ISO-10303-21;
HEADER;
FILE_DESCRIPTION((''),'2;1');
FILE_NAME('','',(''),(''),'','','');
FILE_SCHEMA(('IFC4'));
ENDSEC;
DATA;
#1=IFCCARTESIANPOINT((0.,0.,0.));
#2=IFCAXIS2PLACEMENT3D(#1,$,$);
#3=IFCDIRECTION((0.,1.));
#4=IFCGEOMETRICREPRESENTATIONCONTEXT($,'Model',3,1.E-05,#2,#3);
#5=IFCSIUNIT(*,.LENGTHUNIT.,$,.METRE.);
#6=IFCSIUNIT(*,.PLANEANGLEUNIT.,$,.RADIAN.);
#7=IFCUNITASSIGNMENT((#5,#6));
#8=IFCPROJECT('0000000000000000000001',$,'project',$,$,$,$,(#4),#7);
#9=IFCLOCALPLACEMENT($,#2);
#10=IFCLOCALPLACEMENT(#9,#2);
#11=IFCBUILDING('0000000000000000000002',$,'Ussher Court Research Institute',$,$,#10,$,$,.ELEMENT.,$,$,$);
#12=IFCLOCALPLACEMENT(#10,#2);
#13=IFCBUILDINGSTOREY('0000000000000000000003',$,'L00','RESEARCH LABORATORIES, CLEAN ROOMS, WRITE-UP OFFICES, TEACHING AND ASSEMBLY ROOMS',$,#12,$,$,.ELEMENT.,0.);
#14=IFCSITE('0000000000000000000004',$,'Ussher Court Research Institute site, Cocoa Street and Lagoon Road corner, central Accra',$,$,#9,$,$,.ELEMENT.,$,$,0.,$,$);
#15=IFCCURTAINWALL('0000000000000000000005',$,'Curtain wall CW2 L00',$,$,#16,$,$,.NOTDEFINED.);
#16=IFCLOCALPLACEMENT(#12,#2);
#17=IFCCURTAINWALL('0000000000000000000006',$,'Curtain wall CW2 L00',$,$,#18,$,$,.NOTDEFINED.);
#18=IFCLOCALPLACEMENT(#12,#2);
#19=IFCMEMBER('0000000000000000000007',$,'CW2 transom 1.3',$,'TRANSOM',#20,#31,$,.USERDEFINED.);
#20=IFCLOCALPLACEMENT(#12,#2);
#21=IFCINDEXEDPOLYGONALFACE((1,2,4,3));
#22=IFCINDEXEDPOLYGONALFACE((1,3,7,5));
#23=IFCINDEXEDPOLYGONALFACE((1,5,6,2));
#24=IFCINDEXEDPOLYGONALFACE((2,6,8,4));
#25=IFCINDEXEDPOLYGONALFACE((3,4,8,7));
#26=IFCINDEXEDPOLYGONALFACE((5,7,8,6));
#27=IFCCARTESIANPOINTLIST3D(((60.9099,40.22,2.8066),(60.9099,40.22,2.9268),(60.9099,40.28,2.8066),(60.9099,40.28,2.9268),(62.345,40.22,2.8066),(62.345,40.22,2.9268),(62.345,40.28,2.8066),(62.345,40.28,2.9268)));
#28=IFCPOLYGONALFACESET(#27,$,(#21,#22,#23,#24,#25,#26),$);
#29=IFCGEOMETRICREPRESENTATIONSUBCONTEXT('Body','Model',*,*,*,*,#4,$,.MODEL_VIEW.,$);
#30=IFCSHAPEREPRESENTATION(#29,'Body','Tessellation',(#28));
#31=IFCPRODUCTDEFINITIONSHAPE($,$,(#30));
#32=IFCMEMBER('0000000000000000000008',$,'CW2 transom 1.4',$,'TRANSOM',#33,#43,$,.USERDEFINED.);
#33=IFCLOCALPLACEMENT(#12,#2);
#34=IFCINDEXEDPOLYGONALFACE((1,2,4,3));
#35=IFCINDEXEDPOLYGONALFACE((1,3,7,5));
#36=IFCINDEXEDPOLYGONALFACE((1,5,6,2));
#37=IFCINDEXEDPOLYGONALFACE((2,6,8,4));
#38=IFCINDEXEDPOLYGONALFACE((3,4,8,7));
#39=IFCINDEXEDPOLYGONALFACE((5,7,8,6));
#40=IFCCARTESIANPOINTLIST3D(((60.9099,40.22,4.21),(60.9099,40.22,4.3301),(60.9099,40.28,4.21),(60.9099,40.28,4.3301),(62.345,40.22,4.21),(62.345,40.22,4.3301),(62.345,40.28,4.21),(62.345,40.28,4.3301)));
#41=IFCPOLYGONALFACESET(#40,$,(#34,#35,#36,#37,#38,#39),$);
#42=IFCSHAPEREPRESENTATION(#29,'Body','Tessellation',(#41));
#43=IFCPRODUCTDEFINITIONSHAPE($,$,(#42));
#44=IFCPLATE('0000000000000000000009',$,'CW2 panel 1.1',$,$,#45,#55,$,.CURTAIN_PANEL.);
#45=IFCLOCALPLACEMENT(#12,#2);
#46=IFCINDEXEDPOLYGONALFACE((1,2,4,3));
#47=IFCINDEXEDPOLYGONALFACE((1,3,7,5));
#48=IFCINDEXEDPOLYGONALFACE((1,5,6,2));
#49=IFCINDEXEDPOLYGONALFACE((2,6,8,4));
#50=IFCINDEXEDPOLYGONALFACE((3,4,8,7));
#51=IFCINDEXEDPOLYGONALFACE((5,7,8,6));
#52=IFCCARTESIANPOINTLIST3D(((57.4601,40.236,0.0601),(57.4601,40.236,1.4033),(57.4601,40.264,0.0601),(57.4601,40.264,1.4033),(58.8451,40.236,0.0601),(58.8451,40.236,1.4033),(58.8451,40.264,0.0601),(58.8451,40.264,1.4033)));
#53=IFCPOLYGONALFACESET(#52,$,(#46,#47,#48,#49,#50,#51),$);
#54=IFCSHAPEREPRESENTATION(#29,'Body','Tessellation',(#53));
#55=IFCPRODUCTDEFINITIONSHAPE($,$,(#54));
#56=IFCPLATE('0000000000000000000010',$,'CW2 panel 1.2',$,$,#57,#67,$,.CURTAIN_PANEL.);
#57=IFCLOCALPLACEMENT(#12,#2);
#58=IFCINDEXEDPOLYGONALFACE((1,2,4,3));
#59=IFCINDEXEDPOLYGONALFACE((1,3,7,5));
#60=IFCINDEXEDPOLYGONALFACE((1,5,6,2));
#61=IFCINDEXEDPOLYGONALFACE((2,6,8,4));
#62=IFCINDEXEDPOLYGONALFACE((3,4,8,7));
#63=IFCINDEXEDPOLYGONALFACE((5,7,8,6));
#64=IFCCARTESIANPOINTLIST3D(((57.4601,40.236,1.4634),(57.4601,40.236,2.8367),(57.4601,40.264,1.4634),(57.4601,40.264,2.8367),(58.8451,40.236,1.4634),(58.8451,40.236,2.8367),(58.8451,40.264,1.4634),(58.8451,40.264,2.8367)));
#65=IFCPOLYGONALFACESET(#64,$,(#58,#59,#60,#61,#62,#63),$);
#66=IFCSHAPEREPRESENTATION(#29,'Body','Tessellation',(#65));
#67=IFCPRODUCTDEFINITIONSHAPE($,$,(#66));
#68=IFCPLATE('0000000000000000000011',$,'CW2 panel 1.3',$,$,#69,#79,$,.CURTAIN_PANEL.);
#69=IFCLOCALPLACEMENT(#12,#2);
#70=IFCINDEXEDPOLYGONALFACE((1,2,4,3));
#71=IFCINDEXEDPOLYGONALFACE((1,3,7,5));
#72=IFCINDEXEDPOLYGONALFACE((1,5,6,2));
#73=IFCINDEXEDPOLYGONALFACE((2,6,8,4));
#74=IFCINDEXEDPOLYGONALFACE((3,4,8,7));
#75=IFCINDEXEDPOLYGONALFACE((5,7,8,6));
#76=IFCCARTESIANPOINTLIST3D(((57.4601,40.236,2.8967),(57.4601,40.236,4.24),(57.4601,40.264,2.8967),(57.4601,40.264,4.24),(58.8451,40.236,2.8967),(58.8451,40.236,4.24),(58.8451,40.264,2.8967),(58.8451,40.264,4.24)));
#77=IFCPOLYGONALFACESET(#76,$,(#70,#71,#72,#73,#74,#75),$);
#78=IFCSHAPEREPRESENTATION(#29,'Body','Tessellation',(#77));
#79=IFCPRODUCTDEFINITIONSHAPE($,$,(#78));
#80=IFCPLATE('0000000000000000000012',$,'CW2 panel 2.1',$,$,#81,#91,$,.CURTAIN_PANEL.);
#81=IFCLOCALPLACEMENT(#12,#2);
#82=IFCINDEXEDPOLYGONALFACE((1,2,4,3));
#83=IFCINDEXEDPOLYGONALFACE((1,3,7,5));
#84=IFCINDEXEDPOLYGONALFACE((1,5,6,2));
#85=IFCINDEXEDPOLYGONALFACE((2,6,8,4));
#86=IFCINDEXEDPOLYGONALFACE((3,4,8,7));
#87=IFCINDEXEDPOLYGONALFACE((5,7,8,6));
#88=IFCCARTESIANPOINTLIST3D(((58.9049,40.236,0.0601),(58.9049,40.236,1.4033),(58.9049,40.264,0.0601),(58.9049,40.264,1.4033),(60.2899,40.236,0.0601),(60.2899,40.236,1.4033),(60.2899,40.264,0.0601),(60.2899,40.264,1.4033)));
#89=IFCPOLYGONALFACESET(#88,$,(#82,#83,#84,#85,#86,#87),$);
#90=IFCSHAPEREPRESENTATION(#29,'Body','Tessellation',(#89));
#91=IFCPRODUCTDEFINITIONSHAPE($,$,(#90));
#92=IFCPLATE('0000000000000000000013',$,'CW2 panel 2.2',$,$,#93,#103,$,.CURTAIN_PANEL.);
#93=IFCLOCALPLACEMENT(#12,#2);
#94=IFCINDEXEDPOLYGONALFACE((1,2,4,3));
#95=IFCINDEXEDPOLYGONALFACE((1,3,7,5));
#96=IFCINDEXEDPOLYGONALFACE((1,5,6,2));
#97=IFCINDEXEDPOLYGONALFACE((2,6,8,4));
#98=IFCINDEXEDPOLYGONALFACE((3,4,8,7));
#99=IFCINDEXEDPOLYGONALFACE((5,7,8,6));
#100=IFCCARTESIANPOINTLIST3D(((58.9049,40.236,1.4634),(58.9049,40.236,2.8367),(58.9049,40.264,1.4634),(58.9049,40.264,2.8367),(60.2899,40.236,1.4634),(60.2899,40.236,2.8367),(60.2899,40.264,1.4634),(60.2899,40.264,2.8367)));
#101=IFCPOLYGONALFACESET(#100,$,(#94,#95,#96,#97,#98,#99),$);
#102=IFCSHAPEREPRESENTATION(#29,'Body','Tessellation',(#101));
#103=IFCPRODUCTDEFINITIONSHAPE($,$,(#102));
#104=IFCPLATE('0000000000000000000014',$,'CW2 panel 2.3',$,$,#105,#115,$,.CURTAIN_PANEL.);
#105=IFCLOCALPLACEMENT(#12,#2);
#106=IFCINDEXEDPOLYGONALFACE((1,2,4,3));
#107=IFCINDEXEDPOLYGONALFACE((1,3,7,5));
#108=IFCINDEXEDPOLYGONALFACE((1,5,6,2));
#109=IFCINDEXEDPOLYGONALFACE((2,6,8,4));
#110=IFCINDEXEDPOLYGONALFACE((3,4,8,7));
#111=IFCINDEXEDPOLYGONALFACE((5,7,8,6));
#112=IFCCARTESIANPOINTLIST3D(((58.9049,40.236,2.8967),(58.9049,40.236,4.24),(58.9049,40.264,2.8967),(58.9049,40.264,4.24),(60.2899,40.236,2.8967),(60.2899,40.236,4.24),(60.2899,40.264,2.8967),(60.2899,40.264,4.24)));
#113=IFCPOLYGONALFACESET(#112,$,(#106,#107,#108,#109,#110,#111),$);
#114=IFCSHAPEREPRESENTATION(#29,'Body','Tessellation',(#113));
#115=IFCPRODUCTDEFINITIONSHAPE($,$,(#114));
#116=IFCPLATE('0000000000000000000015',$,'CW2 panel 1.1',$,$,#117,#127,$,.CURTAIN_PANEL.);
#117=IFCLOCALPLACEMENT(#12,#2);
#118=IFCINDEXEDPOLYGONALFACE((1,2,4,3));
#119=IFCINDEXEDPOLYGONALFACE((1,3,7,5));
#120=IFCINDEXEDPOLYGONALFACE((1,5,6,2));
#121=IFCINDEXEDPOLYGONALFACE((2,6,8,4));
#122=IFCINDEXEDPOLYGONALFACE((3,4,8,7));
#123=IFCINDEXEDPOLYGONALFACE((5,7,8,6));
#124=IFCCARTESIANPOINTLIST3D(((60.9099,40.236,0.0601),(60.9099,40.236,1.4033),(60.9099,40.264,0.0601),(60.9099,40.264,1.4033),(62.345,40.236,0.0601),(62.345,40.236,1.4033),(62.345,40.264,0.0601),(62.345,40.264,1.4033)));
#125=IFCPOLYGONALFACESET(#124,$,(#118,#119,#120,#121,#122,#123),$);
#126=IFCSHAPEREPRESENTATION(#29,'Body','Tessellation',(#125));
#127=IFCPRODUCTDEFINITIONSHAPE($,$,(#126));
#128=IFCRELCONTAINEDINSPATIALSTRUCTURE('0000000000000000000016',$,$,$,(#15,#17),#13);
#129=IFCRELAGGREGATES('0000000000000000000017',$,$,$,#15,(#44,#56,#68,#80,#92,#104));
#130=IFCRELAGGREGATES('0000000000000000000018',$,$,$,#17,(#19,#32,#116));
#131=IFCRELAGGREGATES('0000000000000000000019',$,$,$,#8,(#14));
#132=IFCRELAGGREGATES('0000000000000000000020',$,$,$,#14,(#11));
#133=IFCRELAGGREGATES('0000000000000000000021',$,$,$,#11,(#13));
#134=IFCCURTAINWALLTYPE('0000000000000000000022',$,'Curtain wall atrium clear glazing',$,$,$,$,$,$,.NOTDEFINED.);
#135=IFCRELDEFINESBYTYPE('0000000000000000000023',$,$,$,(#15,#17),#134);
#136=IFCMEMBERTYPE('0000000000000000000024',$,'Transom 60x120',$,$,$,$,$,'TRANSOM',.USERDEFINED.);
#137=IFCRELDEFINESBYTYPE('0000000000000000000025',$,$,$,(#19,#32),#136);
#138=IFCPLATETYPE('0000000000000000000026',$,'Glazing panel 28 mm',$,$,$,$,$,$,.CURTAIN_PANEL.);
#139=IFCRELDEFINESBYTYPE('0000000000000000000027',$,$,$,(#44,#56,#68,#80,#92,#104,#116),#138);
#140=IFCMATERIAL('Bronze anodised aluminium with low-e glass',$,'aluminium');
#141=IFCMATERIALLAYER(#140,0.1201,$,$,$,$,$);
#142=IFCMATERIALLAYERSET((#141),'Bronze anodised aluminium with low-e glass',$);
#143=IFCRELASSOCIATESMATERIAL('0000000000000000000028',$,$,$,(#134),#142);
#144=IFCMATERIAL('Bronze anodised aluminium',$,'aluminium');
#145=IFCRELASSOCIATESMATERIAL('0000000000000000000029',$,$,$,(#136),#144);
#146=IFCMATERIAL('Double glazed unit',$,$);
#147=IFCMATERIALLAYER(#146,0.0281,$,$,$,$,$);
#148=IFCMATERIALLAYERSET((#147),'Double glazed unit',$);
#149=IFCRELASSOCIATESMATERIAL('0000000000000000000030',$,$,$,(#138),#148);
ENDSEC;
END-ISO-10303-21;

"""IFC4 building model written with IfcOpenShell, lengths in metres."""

from ifc_helpers import new_model, si_unit, direction, frame, origin, origin_2d, place, context, subcontext, project, spatial, rectangle, extrude, material, layer, layer_set, material_profile, profile_set, type_object, element, aggregate, save


model = new_model("IFC4")

# Units and contexts
model_context = context("Model", 3, precision=1e-05, world=origin(), true_north=direction((0.0, 1.0)))
body_context = subcontext(model_context, "Body", "Model", "MODEL_VIEW")
ifc_project = project(units=[si_unit("LENGTHUNIT", "METRE"), si_unit("PLANEANGLEUNIT", "RADIAN")], contexts=[model_context])

# Site, building, storey
site_placement = place(None, origin())
site = spatial("IfcSite", under=ifc_project, at=site_placement, Name="Ussher Court Research Institute site, Cocoa Street and Lagoon Road corner, central Accra", CompositionType="ELEMENT", RefElevation=0.0)
building_placement = place(site_placement, origin())
building = spatial("IfcBuilding", under=site, at=building_placement, Name="Ussher Court Research Institute", CompositionType="ELEMENT")
storey_placement = place(building_placement, origin())
storey = spatial("IfcBuildingStorey", under=building, at=storey_placement, Name="L00", Description="RESEARCH LABORATORIES, CLEAN ROOMS, WRITE-UP OFFICES, TEACHING AND ASSEMBLY ROOMS", CompositionType="ELEMENT", Elevation=0.0)

# Curtain wall
ifc_material_1 = material(Name="Bronze anodised aluminium with low-e glass", Category="aluminium")
ifc_layer_1 = layer(ifc_material_1, 0.1201)
ifc_layer_set_1 = layer_set([ifc_layer_1], Name="Bronze anodised aluminium with low-e glass")
curtain_wall_type_1 = type_object("IfcCurtainWallType", Name="Curtain wall atrium clear glazing", PredefinedType="NOTDEFINED", material=ifc_layer_set_1)
curtain_wall_1_placement = place(storey_placement, origin())
curtain_wall_1 = element("IfcCurtainWall", 1, at=curtain_wall_1_placement, inside=storey, type_object=curtain_wall_type_1, Name="Curtain wall CW2 L00", PredefinedType="NOTDEFINED")

# Curtain wall
curtain_wall_2_placement = place(storey_placement, origin())
curtain_wall_2 = element("IfcCurtainWall", 2, at=curtain_wall_2_placement, inside=storey, type_object=curtain_wall_type_1, Name="Curtain wall CW2 L00", PredefinedType="NOTDEFINED")

# Members
ifc_material_2 = material(Name="Bronze anodised aluminium", Category="aluminium")
ifc_material_profile_1 = material_profile(ifc_material_2, rectangle(XDim=0.0601, YDim=0.1201, at=origin_2d()), Name="Transom 60x120")
ifc_profile_set_1 = profile_set([ifc_material_profile_1], Name="Bronze anodised aluminium")
member_type_1 = type_object("IfcMemberType", Name="Transom 60x120", ElementType="TRANSOM", PredefinedType="USERDEFINED", material=ifc_profile_set_1)
member_1_placement = place(storey_placement, frame((60.9099, 40.25, 2.8667), z_axis=(1.0, 0.0, 0.0), x_axis=(0.0, 1.0, 0.0)))
member_1 = element("IfcMember", 3, at=member_1_placement, type_object=member_type_1, Name="CW2 transom 1.3", ObjectType="TRANSOM", PredefinedType="USERDEFINED", context=body_context, shape_type="SweptSolid", body=[
    extrude(rectangle(XDim=0.0601, YDim=0.1201, at=origin_2d()), origin(), (0.0, 0.0, 1.0), 1.4351),
])
member_2_placement = place(storey_placement, frame((60.9099, 40.25, 4.27), z_axis=(1.0, 0.0, 0.0), x_axis=(0.0, 1.0, 0.0)))
member_2 = element("IfcMember", 4, at=member_2_placement, type_object=member_type_1, Name="CW2 transom 1.4", ObjectType="TRANSOM", PredefinedType="USERDEFINED", context=body_context, shape_type="SweptSolid", body=[
    extrude(rectangle(XDim=0.0601, YDim=0.1201, at=origin_2d()), origin(), (0.0, 0.0, 1.0), 1.4351),
])

# Plates
ifc_material_3 = material(Name="Double glazed unit")
ifc_layer_2 = layer(ifc_material_3, 0.0281)
ifc_layer_set_2 = layer_set([ifc_layer_2], Name="Double glazed unit")
plate_type = type_object("IfcPlateType", Name="Glazing panel 28 mm", PredefinedType="CURTAIN_PANEL", material=ifc_layer_set_2)
plate_1_placement = place(storey_placement, frame((58.1526, 40.25, 0.0601), z_axis=(0.0, 0.0, 1.0), x_axis=(1.0, 0.0, 0.0)))
plate_1 = element("IfcPlate", 5, at=plate_1_placement, type_object=plate_type, Name="CW2 panel 1.1", PredefinedType="CURTAIN_PANEL", context=body_context, shape_type="SweptSolid", body=[
    extrude(rectangle(XDim=1.385, YDim=0.0281, at=origin_2d()), origin(), (0.0, 0.0, 1.0), 1.3433),
])
plate_2_placement = place(storey_placement, frame((58.1526, 40.25, 1.4634), z_axis=(0.0, 0.0, 1.0), x_axis=(1.0, 0.0, 0.0)))
plate_2 = element("IfcPlate", 6, at=plate_2_placement, type_object=plate_type, Name="CW2 panel 1.2", PredefinedType="CURTAIN_PANEL", context=body_context, shape_type="SweptSolid", body=[
    extrude(rectangle(XDim=1.385, YDim=0.0281, at=origin_2d()), origin(), (0.0, 0.0, 1.0), 1.3733),
])
plate_3_placement = place(storey_placement, frame((58.1526, 40.25, 2.8967), z_axis=(0.0, 0.0, 1.0), x_axis=(1.0, 0.0, 0.0)))
plate_3 = element("IfcPlate", 7, at=plate_3_placement, type_object=plate_type, Name="CW2 panel 1.3", PredefinedType="CURTAIN_PANEL", context=body_context, shape_type="SweptSolid", body=[
    extrude(rectangle(XDim=1.385, YDim=0.0281, at=origin_2d()), origin(), (0.0, 0.0, 1.0), 1.3433),
])
plate_4_placement = place(storey_placement, frame((59.5974, 40.25, 0.0601), z_axis=(0.0, 0.0, 1.0), x_axis=(1.0, 0.0, 0.0)))
plate_4 = element("IfcPlate", 8, at=plate_4_placement, type_object=plate_type, Name="CW2 panel 2.1", PredefinedType="CURTAIN_PANEL", context=body_context, shape_type="SweptSolid", body=[
    extrude(rectangle(XDim=1.385, YDim=0.0281, at=origin_2d()), origin(), (0.0, 0.0, 1.0), 1.3433),
])
plate_5_placement = place(storey_placement, frame((59.5974, 40.25, 1.4634), z_axis=(0.0, 0.0, 1.0), x_axis=(1.0, 0.0, 0.0)))
plate_5 = element("IfcPlate", 9, at=plate_5_placement, type_object=plate_type, Name="CW2 panel 2.2", PredefinedType="CURTAIN_PANEL", context=body_context, shape_type="SweptSolid", body=[
    extrude(rectangle(XDim=1.385, YDim=0.0281, at=origin_2d()), origin(), (0.0, 0.0, 1.0), 1.3733),
])
plate_6_placement = place(storey_placement, frame((59.5974, 40.25, 2.8967), z_axis=(0.0, 0.0, 1.0), x_axis=(1.0, 0.0, 0.0)))
plate_6 = element("IfcPlate", 10, at=plate_6_placement, type_object=plate_type, Name="CW2 panel 2.3", PredefinedType="CURTAIN_PANEL", context=body_context, shape_type="SweptSolid", body=[
    extrude(rectangle(XDim=1.385, YDim=0.0281, at=origin_2d()), origin(), (0.0, 0.0, 1.0), 1.3433),
])
aggregate(curtain_wall_1, [plate_1, plate_2, plate_3, plate_4, plate_5, plate_6])
plate_7_placement = place(storey_placement, frame((61.6274, 40.25, 0.0601), z_axis=(0.0, 0.0, 1.0), x_axis=(1.0, 0.0, 0.0)))
plate_7 = element("IfcPlate", 11, at=plate_7_placement, type_object=plate_type, Name="CW2 panel 1.1", PredefinedType="CURTAIN_PANEL", context=body_context, shape_type="SweptSolid", body=[
    extrude(rectangle(XDim=1.4351, YDim=0.0281, at=origin_2d()), origin(), (0.0, 0.0, 1.0), 1.3433),
])
aggregate(curtain_wall_2, [member_1, member_2, plate_7])

save(model, "model.ifc")
